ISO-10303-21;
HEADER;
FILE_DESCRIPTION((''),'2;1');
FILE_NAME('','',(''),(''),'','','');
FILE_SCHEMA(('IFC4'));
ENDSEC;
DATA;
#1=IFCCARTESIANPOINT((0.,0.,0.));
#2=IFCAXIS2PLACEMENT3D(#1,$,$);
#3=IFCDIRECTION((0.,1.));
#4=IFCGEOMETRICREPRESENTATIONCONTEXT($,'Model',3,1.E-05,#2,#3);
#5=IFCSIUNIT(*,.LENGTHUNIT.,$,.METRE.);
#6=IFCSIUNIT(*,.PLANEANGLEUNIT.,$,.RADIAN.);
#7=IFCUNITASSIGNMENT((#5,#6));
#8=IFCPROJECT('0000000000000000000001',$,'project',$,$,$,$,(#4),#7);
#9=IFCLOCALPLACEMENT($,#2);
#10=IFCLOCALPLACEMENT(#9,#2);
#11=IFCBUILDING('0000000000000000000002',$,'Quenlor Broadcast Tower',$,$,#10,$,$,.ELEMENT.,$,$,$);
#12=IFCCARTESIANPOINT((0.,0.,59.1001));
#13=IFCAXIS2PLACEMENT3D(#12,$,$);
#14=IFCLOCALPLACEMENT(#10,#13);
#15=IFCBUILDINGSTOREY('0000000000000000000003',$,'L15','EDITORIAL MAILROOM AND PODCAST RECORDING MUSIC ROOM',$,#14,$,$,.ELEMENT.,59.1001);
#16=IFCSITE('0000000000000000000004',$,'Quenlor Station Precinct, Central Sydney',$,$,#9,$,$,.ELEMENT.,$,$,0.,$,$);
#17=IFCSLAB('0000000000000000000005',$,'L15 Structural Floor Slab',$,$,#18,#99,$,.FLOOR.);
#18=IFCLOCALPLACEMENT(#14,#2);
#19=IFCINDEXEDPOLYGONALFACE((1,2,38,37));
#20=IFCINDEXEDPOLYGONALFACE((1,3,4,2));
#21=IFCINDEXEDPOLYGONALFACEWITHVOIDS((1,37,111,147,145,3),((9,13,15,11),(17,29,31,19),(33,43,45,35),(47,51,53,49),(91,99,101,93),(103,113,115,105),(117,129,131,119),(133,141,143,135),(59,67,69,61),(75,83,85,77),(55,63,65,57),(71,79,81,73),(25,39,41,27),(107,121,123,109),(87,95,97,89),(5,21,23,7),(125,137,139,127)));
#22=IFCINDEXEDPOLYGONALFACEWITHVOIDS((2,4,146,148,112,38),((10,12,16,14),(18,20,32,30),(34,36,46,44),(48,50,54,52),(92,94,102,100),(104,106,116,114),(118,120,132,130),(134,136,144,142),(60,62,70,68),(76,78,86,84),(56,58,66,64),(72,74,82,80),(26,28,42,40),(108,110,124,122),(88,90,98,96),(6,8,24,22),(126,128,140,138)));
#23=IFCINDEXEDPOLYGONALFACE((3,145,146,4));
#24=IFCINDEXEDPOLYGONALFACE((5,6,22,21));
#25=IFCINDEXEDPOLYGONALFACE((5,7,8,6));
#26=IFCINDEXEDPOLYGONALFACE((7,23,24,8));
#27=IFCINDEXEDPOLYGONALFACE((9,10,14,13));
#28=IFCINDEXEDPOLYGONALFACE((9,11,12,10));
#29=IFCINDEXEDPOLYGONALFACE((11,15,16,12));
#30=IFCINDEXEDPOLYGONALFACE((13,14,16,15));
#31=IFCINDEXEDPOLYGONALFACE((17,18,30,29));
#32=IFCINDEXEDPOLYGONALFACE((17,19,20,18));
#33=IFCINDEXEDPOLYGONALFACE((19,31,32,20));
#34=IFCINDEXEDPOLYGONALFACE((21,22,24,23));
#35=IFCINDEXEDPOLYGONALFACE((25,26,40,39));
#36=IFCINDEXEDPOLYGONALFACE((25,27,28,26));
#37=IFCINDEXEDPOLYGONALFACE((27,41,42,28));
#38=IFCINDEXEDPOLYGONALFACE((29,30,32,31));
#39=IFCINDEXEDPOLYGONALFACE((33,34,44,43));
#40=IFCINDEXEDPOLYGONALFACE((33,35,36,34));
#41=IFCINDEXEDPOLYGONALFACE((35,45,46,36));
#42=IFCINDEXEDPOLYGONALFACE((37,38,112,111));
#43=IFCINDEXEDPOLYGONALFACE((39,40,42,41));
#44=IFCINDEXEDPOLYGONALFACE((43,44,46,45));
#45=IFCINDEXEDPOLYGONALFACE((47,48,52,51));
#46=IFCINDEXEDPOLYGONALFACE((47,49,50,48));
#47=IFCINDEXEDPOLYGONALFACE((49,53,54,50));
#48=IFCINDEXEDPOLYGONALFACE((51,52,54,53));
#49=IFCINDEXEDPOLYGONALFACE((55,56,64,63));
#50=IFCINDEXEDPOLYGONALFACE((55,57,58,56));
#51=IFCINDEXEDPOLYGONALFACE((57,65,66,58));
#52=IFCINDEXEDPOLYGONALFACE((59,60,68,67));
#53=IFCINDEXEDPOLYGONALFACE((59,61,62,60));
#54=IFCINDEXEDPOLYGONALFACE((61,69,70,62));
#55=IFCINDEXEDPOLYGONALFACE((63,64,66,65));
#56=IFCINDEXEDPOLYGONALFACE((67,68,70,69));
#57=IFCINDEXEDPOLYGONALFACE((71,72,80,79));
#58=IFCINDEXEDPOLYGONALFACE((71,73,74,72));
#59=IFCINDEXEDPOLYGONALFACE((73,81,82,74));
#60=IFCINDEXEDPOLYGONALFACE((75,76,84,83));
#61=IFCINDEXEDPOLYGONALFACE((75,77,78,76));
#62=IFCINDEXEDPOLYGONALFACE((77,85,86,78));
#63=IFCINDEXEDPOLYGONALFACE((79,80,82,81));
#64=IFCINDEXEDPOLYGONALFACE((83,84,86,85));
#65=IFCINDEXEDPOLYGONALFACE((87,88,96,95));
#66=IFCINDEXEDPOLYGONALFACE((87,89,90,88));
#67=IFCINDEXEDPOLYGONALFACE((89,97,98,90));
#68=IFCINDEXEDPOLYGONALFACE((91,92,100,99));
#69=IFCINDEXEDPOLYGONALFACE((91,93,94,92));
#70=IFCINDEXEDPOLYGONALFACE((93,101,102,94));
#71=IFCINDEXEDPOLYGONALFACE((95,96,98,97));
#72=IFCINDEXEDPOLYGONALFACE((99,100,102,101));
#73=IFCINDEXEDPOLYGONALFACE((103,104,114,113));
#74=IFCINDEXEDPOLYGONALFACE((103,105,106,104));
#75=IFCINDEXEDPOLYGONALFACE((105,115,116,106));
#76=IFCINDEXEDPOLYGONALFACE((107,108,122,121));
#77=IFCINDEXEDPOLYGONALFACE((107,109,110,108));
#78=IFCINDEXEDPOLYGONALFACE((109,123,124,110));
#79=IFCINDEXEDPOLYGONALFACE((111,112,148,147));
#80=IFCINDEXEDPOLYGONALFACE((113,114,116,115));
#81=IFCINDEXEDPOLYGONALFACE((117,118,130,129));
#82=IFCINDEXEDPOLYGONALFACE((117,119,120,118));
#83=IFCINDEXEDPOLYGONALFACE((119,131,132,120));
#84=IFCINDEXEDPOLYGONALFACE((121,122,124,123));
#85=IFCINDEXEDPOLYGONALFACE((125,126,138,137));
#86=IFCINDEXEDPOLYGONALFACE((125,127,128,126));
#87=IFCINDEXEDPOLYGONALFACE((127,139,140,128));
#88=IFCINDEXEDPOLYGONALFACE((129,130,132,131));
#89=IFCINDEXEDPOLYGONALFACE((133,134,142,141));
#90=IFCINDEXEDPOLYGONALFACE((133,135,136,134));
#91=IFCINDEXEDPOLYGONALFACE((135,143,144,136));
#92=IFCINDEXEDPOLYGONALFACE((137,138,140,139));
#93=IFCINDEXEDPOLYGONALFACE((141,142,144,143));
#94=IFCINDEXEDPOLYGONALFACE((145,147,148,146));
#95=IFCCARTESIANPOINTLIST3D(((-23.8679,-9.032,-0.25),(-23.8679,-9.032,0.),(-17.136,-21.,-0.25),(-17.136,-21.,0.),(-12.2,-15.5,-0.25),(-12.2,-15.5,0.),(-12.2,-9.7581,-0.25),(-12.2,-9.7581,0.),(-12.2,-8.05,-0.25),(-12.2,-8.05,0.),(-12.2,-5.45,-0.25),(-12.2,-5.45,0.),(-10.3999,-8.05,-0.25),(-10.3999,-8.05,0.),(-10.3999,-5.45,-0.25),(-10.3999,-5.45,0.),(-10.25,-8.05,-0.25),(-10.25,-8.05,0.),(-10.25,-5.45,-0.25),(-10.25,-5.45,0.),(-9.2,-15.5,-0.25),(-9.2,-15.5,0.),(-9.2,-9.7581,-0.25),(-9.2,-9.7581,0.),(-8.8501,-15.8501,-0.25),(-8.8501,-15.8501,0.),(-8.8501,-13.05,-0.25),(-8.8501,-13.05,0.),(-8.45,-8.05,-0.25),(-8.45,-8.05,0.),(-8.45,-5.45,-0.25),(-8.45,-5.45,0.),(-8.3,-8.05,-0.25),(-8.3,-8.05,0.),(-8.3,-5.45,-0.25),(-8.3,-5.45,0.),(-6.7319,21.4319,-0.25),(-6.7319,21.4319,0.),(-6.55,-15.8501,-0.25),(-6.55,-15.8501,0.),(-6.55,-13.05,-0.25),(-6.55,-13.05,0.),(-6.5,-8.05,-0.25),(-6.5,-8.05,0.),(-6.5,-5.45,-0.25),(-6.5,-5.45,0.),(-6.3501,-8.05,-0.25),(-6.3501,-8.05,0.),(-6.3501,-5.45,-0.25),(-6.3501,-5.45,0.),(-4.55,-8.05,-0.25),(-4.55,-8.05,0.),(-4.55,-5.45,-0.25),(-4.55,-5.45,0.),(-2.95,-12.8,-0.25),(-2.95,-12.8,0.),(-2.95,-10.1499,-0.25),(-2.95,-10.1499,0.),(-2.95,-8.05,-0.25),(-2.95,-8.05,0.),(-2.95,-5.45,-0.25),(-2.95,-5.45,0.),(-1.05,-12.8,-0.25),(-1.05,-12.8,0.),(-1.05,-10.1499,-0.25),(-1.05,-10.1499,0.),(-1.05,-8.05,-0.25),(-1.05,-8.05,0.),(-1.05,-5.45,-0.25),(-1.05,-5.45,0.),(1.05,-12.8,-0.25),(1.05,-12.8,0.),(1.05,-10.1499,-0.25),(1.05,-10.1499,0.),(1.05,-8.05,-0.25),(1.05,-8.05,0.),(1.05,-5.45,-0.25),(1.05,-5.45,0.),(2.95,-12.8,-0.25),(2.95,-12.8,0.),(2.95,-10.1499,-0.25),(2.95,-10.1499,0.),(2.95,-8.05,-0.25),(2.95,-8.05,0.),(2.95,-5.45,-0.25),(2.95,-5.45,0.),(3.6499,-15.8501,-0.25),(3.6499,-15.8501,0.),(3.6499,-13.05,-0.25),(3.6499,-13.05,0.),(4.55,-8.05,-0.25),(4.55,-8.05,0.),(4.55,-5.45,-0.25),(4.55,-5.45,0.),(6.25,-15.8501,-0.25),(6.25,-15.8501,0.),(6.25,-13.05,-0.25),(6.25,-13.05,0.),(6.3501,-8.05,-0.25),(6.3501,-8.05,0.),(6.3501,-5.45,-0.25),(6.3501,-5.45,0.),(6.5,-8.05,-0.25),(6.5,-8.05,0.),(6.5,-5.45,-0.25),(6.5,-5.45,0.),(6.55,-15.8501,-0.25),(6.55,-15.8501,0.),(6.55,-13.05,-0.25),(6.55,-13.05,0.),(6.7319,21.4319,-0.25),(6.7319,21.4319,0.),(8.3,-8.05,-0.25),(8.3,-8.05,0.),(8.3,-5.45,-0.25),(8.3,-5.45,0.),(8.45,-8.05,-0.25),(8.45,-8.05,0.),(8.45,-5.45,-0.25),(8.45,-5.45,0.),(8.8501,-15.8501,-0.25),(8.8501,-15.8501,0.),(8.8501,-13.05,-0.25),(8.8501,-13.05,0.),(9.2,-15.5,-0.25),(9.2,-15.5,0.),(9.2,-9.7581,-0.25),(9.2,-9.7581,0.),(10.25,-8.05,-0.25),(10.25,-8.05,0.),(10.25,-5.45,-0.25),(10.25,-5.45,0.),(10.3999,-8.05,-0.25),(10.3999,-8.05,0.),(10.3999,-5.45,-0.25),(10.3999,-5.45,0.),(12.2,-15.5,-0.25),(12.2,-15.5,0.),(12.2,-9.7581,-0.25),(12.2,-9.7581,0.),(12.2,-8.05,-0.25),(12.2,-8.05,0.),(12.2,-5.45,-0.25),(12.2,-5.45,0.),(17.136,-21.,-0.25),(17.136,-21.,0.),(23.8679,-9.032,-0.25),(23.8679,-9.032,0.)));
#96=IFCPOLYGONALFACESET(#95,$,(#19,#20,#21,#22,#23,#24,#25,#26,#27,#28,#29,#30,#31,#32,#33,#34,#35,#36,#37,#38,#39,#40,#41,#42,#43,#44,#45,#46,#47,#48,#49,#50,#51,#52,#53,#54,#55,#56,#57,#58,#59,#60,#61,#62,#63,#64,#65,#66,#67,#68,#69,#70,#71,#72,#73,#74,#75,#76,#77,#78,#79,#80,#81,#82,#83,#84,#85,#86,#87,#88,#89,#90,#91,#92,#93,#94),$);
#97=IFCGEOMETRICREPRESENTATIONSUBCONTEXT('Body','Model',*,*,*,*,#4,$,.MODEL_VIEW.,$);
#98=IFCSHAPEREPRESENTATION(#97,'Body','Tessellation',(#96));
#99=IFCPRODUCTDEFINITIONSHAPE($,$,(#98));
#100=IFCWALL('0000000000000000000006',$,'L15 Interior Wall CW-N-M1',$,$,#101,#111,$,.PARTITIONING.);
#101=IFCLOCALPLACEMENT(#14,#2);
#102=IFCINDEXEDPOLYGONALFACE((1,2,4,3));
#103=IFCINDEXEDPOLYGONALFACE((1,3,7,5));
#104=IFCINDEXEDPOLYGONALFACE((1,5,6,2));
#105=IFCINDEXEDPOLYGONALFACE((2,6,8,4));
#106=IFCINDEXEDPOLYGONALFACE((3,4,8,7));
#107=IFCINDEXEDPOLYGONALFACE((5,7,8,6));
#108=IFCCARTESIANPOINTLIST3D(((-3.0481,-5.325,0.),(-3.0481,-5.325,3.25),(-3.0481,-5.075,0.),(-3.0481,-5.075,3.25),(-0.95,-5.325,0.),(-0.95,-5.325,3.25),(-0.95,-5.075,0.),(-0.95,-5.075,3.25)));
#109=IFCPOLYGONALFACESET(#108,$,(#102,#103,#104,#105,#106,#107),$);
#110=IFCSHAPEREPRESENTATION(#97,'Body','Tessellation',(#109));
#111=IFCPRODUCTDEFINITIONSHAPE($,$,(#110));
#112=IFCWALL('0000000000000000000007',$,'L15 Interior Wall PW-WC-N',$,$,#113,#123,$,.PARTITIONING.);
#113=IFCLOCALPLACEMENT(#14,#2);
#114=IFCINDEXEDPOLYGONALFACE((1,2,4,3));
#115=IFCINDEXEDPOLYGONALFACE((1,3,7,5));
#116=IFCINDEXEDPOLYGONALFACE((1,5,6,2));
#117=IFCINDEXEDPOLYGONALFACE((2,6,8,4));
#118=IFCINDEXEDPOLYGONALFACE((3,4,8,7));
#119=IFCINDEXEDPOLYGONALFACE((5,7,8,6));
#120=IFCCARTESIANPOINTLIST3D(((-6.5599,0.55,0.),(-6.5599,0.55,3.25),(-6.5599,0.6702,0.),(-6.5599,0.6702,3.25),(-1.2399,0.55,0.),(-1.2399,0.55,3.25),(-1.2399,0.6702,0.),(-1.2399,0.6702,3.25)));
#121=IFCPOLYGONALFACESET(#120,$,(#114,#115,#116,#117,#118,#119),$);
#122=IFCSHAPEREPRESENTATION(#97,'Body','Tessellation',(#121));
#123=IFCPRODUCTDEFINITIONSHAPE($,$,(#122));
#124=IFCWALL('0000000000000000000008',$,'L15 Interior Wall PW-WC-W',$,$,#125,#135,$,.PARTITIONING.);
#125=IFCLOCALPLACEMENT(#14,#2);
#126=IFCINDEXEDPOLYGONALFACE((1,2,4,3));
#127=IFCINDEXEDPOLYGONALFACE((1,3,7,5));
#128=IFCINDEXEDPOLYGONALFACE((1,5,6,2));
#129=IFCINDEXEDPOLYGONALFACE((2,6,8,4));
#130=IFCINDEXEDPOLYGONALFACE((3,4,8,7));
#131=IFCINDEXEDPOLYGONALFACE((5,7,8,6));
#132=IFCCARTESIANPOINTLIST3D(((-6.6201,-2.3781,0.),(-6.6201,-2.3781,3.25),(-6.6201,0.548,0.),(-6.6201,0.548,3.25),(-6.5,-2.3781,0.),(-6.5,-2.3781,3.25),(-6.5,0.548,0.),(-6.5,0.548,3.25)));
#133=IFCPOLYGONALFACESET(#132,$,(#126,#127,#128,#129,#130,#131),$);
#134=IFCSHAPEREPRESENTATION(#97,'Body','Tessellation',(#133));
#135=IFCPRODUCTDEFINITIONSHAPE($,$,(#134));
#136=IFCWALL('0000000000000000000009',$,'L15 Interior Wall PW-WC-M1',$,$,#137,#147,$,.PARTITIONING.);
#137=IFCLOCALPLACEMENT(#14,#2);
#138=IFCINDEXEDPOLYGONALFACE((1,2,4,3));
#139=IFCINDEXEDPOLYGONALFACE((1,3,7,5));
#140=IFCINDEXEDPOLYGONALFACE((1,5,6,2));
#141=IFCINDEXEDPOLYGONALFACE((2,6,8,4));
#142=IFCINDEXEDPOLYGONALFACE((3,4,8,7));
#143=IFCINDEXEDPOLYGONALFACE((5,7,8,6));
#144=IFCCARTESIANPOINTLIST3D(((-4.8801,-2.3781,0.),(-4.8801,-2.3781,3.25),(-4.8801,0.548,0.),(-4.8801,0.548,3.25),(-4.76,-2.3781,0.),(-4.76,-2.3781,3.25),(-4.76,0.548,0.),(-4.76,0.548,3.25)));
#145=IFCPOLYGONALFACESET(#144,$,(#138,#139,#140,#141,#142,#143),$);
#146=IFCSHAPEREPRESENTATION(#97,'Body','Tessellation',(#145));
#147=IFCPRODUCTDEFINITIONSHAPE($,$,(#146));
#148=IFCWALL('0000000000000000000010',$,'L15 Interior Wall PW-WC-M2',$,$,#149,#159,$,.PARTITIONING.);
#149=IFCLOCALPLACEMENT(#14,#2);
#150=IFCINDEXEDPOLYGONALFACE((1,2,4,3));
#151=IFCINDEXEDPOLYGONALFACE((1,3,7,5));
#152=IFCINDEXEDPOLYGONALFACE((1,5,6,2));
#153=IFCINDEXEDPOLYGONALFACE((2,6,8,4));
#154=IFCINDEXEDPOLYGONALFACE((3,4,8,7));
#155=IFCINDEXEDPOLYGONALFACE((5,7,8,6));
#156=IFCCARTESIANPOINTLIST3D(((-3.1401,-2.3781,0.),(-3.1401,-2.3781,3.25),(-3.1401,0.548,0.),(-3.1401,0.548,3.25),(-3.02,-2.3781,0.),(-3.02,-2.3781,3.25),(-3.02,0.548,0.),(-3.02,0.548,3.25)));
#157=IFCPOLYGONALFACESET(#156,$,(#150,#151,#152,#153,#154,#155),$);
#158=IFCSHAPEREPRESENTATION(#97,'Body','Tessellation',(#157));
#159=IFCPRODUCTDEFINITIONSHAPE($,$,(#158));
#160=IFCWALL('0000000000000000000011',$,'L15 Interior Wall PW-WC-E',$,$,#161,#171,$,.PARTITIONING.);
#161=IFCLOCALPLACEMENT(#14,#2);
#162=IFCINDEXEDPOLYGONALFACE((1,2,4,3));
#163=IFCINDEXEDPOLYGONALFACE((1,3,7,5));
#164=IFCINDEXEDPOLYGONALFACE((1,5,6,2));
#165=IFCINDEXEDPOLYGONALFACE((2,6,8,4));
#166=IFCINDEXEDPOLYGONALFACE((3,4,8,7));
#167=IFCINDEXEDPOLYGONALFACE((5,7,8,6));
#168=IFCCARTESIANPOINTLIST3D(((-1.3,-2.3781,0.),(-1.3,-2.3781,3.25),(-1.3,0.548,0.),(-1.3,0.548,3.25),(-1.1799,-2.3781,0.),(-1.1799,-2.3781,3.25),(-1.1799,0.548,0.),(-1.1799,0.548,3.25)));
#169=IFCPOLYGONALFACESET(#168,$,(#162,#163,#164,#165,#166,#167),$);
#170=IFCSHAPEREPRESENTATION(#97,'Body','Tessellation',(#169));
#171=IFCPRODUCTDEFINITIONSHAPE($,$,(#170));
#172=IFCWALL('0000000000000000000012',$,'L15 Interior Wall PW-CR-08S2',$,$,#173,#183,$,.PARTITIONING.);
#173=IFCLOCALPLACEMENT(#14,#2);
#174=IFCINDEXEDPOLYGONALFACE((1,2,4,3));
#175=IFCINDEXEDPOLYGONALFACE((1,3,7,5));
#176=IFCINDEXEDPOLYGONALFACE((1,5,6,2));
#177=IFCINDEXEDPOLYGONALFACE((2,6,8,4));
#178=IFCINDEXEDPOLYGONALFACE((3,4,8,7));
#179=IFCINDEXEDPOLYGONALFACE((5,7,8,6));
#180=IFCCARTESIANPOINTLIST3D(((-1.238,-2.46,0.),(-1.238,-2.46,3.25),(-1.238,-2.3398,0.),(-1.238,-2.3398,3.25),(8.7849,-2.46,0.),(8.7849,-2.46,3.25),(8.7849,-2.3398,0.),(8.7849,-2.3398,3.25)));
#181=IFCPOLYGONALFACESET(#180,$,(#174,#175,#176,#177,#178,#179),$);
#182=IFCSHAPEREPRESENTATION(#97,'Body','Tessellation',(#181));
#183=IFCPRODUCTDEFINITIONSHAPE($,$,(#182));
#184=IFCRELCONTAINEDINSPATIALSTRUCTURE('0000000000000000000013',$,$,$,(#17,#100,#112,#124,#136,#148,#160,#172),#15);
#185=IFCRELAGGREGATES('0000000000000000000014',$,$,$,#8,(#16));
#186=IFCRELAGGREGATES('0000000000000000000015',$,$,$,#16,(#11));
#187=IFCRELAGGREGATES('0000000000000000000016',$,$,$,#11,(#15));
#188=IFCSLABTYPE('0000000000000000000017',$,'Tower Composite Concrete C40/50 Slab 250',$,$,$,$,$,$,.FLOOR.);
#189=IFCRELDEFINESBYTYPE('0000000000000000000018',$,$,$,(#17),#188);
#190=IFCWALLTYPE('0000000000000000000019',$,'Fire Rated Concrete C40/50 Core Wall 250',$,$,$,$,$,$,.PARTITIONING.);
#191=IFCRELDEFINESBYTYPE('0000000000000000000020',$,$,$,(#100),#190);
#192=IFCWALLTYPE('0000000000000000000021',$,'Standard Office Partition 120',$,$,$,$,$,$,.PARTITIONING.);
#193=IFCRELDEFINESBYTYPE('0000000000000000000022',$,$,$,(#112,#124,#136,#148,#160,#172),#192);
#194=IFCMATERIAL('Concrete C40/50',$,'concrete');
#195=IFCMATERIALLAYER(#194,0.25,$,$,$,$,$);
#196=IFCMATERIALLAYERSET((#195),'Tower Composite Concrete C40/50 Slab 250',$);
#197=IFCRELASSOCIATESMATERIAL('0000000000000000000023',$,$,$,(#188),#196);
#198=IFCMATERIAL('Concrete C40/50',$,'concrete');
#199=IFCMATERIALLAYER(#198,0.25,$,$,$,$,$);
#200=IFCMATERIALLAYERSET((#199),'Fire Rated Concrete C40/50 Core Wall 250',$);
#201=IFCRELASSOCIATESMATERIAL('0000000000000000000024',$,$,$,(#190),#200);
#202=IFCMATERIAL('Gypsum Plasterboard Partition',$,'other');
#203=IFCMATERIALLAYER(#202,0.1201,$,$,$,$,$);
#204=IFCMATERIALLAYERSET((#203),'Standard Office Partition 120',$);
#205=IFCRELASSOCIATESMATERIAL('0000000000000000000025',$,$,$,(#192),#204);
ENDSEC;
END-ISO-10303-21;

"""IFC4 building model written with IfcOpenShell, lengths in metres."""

from ifc_helpers import new_model, si_unit, direction, frame, frame_2d, origin, place, context, subcontext, project, spatial, polyline, rectangle, outline, extrude, material, layer, layer_set, type_object, element, save


model = new_model("IFC4")

# Units and contexts
model_context = context("Model", 3, precision=1e-05, world=origin(), true_north=direction((0.0, 1.0)))
body_context = subcontext(model_context, "Body", "Model", "MODEL_VIEW")
ifc_project = project(units=[si_unit("LENGTHUNIT", "METRE"), si_unit("PLANEANGLEUNIT", "RADIAN")], contexts=[model_context])

# Site, building, storey
site_placement = place(None, origin())
site = spatial("IfcSite", under=ifc_project, at=site_placement, Name="Quenlor Station Precinct, Central Sydney", CompositionType="ELEMENT", RefElevation=0.0)
building_placement = place(site_placement, origin())
building = spatial("IfcBuilding", under=site, at=building_placement, Name="Quenlor Broadcast Tower", CompositionType="ELEMENT")
storey_placement = place(building_placement, frame((0.0, 0.0, 59.1001)))
storey = spatial("IfcBuildingStorey", under=building, at=storey_placement, Name="L15", Description="EDITORIAL MAILROOM AND PODCAST RECORDING MUSIC ROOM", CompositionType="ELEMENT", Elevation=59.1001)

# Slab
ifc_material_1 = material(Name="Concrete C40/50", Category="concrete")
ifc_layer_1 = layer(ifc_material_1, 0.25)
ifc_layer_set_1 = layer_set([ifc_layer_1], Name="Tower Composite Concrete C40/50 Slab 250")
slab_type = type_object("IfcSlabType", Name="Tower Composite Concrete C40/50 Slab 250", PredefinedType="FLOOR", material=ifc_layer_set_1)
slab_placement = place(storey_placement, frame((0.0, 0.0, -0.25)))
element("IfcSlab", 1, at=slab_placement, inside=storey, type_object=slab_type, Name="L15 Structural Floor Slab", PredefinedType="FLOOR", context=body_context, shape_type="SweptSolid", body=[
    extrude(outline(polyline([(17.136, -21.0), (23.8679, -9.032), (6.7319, 21.4319), (-6.7319, 21.4319), (-23.8679, -9.032), (-17.136, -21.0), (17.136, -21.0)]), holes=[polyline([(-12.2, -9.7581), (-12.2, -15.5), (-9.2, -15.5), (-9.2, -9.7581), (-12.2, -9.7581)]), polyline([(9.2, -9.7581), (9.2, -15.5), (12.2, -15.5), (12.2, -9.7581), (9.2, -9.7581)]), polyline([(-12.2, -8.05), (-10.3999, -8.05), (-10.3999, -5.45), (-12.2, -5.45), (-12.2, -8.05)]), polyline([(-10.25, -8.05), (-8.45, -8.05), (-8.45, -5.45), (-10.25, -5.45), (-10.25, -8.05)]), polyline([(-8.3, -8.05), (-6.5, -8.05), (-6.5, -5.45), (-8.3, -5.45), (-8.3, -8.05)]), polyline([(-6.3501, -8.05), (-4.55, -8.05), (-4.55, -5.45), (-6.3501, -5.45), (-6.3501, -8.05)]), polyline([(-2.95, -8.05), (-1.05, -8.05), (-1.05, -5.45), (-2.95, -5.45), (-2.95, -8.05)]), polyline([(1.05, -8.05), (2.95, -8.05), (2.95, -5.45), (1.05, -5.45), (1.05, -8.05)]), polyline([(-2.95, -12.8), (-1.05, -12.8), (-1.05, -10.1499), (-2.95, -10.1499), (-2.95, -12.8)]), polyline([(1.05, -12.8), (2.95, -12.8), (2.95, -10.1499), (1.05, -10.1499), (1.05, -12.8)]), polyline([(4.55, -8.05), (6.3501, -8.05), (6.3501, -5.45), (4.55, -5.45), (4.55, -8.05)]), polyline([(6.5, -8.05), (8.3, -8.05), (8.3, -5.45), (6.5, -5.45), (6.5, -8.05)]), polyline([(8.45, -8.05), (10.25, -8.05), (10.25, -5.45), (8.45, -5.45), (8.45, -8.05)]), polyline([(10.3999, -8.05), (12.2, -8.05), (12.2, -5.45), (10.3999, -5.45), (10.3999, -8.05)]), polyline([(-8.8501, -15.8501), (-6.55, -15.8501), (-6.55, -13.05), (-8.8501, -13.05), (-8.8501, -15.8501)]), polyline([(6.55, -15.8501), (8.8501, -15.8501), (8.8501, -13.05), (6.55, -13.05), (6.55, -15.8501)]), polyline([(3.6499, -15.8501), (6.25, -15.8501), (6.25, -13.05), (3.6499, -13.05), (3.6499, -15.8501)])]), origin(), (0.0, 0.0, 1.0), 0.25),
])

# Walls
ifc_material_2 = material(Name="Concrete C40/50", Category="concrete")
ifc_layer_2 = layer(ifc_material_2, 0.25)
ifc_layer_set_2 = layer_set([ifc_layer_2], Name="Fire Rated Concrete C40/50 Core Wall 250")
wall_type_1 = type_object("IfcWallType", Name="Fire Rated Concrete C40/50 Core Wall 250", PredefinedType="PARTITIONING", material=ifc_layer_set_2)
wall_1_placement = place(storey_placement, frame((-3.0481, -5.2, 0.0), z_axis=(0.0, 0.0, 1.0), x_axis=(1.0, 0.0, 0.0)))
element("IfcWall", 2, at=wall_1_placement, inside=storey, type_object=wall_type_1, Name="L15 Interior Wall CW-N-M1", PredefinedType="PARTITIONING", context=body_context, shape_type="SweptSolid", body=[
    extrude(rectangle(XDim=2.0981, YDim=0.25, at=frame_2d((1.0491, 0.0))), origin(), (0.0, 0.0, 1.0), 3.25),
])
ifc_material_3 = material(Name="Gypsum Plasterboard Partition", Category="other")
ifc_layer_3 = layer(ifc_material_3, 0.1201)
ifc_layer_set_3 = layer_set([ifc_layer_3], Name="Standard Office Partition 120")
wall_type_2 = type_object("IfcWallType", Name="Standard Office Partition 120", PredefinedType="PARTITIONING", material=ifc_layer_set_3)
wall_2_placement = place(storey_placement, frame((-6.5601, 0.6101, 0.0), z_axis=(0.0, 0.0, 1.0), x_axis=(1.0, 0.0, 0.0)))
element("IfcWall", 3, at=wall_2_placement, inside=storey, type_object=wall_type_2, Name="L15 Interior Wall PW-WC-N", PredefinedType="PARTITIONING", context=body_context, shape_type="SweptSolid", body=[
    extrude(rectangle(XDim=5.3201, YDim=0.1201, at=frame_2d((2.6602, 0.0))), origin(), (0.0, 0.0, 1.0), 3.25),
])
for number, where, z_axis, x_axis, name in (
    (4, (-6.5601, -2.3779, 0.0), (0.0, 0.0, 1.0), (0.0, 1.0, 0.0), "L15 Interior Wall PW-WC-W"),
    (5, (-4.8201, -2.3779, 0.0), (0.0, 0.0, 1.0), (0.0, 1.0, 0.0), "L15 Interior Wall PW-WC-M1"),
    (6, (-3.0801, -2.3779, 0.0), (0.0, 0.0, 1.0), (0.0, 1.0, 0.0), "L15 Interior Wall PW-WC-M2"),
    (7, (-1.24, -2.3779, 0.0), (0.0, 0.0, 1.0), (0.0, 1.0, 0.0), "L15 Interior Wall PW-WC-E"),
):
    element("IfcWall", number, at=place(storey_placement, frame(where, z_axis=z_axis, x_axis=x_axis)), inside=storey, type_object=wall_type_2, Name=name, PredefinedType="PARTITIONING", context=body_context, shape_type="SweptSolid", body=[
        extrude(rectangle(XDim=2.926, YDim=0.1201, at=frame_2d((1.4629, 0.0))), origin(), (0.0, 0.0, 1.0), 3.25),
    ])
wall_3_placement = place(storey_placement, frame((-1.238, -2.3999, 0.0), z_axis=(0.0, 0.0, 1.0), x_axis=(1.0, 0.0, 0.0)))
element("IfcWall", 8, at=wall_3_placement, inside=storey, type_object=wall_type_2, Name="L15 Interior Wall PW-CR-08S2", PredefinedType="PARTITIONING", context=body_context, shape_type="SweptSolid", body=[
    extrude(rectangle(XDim=10.0229, YDim=0.1201, at=frame_2d((5.0115, 0.0))), origin(), (0.0, 0.0, 1.0), 3.25),
])

save(model, "model.ifc")
